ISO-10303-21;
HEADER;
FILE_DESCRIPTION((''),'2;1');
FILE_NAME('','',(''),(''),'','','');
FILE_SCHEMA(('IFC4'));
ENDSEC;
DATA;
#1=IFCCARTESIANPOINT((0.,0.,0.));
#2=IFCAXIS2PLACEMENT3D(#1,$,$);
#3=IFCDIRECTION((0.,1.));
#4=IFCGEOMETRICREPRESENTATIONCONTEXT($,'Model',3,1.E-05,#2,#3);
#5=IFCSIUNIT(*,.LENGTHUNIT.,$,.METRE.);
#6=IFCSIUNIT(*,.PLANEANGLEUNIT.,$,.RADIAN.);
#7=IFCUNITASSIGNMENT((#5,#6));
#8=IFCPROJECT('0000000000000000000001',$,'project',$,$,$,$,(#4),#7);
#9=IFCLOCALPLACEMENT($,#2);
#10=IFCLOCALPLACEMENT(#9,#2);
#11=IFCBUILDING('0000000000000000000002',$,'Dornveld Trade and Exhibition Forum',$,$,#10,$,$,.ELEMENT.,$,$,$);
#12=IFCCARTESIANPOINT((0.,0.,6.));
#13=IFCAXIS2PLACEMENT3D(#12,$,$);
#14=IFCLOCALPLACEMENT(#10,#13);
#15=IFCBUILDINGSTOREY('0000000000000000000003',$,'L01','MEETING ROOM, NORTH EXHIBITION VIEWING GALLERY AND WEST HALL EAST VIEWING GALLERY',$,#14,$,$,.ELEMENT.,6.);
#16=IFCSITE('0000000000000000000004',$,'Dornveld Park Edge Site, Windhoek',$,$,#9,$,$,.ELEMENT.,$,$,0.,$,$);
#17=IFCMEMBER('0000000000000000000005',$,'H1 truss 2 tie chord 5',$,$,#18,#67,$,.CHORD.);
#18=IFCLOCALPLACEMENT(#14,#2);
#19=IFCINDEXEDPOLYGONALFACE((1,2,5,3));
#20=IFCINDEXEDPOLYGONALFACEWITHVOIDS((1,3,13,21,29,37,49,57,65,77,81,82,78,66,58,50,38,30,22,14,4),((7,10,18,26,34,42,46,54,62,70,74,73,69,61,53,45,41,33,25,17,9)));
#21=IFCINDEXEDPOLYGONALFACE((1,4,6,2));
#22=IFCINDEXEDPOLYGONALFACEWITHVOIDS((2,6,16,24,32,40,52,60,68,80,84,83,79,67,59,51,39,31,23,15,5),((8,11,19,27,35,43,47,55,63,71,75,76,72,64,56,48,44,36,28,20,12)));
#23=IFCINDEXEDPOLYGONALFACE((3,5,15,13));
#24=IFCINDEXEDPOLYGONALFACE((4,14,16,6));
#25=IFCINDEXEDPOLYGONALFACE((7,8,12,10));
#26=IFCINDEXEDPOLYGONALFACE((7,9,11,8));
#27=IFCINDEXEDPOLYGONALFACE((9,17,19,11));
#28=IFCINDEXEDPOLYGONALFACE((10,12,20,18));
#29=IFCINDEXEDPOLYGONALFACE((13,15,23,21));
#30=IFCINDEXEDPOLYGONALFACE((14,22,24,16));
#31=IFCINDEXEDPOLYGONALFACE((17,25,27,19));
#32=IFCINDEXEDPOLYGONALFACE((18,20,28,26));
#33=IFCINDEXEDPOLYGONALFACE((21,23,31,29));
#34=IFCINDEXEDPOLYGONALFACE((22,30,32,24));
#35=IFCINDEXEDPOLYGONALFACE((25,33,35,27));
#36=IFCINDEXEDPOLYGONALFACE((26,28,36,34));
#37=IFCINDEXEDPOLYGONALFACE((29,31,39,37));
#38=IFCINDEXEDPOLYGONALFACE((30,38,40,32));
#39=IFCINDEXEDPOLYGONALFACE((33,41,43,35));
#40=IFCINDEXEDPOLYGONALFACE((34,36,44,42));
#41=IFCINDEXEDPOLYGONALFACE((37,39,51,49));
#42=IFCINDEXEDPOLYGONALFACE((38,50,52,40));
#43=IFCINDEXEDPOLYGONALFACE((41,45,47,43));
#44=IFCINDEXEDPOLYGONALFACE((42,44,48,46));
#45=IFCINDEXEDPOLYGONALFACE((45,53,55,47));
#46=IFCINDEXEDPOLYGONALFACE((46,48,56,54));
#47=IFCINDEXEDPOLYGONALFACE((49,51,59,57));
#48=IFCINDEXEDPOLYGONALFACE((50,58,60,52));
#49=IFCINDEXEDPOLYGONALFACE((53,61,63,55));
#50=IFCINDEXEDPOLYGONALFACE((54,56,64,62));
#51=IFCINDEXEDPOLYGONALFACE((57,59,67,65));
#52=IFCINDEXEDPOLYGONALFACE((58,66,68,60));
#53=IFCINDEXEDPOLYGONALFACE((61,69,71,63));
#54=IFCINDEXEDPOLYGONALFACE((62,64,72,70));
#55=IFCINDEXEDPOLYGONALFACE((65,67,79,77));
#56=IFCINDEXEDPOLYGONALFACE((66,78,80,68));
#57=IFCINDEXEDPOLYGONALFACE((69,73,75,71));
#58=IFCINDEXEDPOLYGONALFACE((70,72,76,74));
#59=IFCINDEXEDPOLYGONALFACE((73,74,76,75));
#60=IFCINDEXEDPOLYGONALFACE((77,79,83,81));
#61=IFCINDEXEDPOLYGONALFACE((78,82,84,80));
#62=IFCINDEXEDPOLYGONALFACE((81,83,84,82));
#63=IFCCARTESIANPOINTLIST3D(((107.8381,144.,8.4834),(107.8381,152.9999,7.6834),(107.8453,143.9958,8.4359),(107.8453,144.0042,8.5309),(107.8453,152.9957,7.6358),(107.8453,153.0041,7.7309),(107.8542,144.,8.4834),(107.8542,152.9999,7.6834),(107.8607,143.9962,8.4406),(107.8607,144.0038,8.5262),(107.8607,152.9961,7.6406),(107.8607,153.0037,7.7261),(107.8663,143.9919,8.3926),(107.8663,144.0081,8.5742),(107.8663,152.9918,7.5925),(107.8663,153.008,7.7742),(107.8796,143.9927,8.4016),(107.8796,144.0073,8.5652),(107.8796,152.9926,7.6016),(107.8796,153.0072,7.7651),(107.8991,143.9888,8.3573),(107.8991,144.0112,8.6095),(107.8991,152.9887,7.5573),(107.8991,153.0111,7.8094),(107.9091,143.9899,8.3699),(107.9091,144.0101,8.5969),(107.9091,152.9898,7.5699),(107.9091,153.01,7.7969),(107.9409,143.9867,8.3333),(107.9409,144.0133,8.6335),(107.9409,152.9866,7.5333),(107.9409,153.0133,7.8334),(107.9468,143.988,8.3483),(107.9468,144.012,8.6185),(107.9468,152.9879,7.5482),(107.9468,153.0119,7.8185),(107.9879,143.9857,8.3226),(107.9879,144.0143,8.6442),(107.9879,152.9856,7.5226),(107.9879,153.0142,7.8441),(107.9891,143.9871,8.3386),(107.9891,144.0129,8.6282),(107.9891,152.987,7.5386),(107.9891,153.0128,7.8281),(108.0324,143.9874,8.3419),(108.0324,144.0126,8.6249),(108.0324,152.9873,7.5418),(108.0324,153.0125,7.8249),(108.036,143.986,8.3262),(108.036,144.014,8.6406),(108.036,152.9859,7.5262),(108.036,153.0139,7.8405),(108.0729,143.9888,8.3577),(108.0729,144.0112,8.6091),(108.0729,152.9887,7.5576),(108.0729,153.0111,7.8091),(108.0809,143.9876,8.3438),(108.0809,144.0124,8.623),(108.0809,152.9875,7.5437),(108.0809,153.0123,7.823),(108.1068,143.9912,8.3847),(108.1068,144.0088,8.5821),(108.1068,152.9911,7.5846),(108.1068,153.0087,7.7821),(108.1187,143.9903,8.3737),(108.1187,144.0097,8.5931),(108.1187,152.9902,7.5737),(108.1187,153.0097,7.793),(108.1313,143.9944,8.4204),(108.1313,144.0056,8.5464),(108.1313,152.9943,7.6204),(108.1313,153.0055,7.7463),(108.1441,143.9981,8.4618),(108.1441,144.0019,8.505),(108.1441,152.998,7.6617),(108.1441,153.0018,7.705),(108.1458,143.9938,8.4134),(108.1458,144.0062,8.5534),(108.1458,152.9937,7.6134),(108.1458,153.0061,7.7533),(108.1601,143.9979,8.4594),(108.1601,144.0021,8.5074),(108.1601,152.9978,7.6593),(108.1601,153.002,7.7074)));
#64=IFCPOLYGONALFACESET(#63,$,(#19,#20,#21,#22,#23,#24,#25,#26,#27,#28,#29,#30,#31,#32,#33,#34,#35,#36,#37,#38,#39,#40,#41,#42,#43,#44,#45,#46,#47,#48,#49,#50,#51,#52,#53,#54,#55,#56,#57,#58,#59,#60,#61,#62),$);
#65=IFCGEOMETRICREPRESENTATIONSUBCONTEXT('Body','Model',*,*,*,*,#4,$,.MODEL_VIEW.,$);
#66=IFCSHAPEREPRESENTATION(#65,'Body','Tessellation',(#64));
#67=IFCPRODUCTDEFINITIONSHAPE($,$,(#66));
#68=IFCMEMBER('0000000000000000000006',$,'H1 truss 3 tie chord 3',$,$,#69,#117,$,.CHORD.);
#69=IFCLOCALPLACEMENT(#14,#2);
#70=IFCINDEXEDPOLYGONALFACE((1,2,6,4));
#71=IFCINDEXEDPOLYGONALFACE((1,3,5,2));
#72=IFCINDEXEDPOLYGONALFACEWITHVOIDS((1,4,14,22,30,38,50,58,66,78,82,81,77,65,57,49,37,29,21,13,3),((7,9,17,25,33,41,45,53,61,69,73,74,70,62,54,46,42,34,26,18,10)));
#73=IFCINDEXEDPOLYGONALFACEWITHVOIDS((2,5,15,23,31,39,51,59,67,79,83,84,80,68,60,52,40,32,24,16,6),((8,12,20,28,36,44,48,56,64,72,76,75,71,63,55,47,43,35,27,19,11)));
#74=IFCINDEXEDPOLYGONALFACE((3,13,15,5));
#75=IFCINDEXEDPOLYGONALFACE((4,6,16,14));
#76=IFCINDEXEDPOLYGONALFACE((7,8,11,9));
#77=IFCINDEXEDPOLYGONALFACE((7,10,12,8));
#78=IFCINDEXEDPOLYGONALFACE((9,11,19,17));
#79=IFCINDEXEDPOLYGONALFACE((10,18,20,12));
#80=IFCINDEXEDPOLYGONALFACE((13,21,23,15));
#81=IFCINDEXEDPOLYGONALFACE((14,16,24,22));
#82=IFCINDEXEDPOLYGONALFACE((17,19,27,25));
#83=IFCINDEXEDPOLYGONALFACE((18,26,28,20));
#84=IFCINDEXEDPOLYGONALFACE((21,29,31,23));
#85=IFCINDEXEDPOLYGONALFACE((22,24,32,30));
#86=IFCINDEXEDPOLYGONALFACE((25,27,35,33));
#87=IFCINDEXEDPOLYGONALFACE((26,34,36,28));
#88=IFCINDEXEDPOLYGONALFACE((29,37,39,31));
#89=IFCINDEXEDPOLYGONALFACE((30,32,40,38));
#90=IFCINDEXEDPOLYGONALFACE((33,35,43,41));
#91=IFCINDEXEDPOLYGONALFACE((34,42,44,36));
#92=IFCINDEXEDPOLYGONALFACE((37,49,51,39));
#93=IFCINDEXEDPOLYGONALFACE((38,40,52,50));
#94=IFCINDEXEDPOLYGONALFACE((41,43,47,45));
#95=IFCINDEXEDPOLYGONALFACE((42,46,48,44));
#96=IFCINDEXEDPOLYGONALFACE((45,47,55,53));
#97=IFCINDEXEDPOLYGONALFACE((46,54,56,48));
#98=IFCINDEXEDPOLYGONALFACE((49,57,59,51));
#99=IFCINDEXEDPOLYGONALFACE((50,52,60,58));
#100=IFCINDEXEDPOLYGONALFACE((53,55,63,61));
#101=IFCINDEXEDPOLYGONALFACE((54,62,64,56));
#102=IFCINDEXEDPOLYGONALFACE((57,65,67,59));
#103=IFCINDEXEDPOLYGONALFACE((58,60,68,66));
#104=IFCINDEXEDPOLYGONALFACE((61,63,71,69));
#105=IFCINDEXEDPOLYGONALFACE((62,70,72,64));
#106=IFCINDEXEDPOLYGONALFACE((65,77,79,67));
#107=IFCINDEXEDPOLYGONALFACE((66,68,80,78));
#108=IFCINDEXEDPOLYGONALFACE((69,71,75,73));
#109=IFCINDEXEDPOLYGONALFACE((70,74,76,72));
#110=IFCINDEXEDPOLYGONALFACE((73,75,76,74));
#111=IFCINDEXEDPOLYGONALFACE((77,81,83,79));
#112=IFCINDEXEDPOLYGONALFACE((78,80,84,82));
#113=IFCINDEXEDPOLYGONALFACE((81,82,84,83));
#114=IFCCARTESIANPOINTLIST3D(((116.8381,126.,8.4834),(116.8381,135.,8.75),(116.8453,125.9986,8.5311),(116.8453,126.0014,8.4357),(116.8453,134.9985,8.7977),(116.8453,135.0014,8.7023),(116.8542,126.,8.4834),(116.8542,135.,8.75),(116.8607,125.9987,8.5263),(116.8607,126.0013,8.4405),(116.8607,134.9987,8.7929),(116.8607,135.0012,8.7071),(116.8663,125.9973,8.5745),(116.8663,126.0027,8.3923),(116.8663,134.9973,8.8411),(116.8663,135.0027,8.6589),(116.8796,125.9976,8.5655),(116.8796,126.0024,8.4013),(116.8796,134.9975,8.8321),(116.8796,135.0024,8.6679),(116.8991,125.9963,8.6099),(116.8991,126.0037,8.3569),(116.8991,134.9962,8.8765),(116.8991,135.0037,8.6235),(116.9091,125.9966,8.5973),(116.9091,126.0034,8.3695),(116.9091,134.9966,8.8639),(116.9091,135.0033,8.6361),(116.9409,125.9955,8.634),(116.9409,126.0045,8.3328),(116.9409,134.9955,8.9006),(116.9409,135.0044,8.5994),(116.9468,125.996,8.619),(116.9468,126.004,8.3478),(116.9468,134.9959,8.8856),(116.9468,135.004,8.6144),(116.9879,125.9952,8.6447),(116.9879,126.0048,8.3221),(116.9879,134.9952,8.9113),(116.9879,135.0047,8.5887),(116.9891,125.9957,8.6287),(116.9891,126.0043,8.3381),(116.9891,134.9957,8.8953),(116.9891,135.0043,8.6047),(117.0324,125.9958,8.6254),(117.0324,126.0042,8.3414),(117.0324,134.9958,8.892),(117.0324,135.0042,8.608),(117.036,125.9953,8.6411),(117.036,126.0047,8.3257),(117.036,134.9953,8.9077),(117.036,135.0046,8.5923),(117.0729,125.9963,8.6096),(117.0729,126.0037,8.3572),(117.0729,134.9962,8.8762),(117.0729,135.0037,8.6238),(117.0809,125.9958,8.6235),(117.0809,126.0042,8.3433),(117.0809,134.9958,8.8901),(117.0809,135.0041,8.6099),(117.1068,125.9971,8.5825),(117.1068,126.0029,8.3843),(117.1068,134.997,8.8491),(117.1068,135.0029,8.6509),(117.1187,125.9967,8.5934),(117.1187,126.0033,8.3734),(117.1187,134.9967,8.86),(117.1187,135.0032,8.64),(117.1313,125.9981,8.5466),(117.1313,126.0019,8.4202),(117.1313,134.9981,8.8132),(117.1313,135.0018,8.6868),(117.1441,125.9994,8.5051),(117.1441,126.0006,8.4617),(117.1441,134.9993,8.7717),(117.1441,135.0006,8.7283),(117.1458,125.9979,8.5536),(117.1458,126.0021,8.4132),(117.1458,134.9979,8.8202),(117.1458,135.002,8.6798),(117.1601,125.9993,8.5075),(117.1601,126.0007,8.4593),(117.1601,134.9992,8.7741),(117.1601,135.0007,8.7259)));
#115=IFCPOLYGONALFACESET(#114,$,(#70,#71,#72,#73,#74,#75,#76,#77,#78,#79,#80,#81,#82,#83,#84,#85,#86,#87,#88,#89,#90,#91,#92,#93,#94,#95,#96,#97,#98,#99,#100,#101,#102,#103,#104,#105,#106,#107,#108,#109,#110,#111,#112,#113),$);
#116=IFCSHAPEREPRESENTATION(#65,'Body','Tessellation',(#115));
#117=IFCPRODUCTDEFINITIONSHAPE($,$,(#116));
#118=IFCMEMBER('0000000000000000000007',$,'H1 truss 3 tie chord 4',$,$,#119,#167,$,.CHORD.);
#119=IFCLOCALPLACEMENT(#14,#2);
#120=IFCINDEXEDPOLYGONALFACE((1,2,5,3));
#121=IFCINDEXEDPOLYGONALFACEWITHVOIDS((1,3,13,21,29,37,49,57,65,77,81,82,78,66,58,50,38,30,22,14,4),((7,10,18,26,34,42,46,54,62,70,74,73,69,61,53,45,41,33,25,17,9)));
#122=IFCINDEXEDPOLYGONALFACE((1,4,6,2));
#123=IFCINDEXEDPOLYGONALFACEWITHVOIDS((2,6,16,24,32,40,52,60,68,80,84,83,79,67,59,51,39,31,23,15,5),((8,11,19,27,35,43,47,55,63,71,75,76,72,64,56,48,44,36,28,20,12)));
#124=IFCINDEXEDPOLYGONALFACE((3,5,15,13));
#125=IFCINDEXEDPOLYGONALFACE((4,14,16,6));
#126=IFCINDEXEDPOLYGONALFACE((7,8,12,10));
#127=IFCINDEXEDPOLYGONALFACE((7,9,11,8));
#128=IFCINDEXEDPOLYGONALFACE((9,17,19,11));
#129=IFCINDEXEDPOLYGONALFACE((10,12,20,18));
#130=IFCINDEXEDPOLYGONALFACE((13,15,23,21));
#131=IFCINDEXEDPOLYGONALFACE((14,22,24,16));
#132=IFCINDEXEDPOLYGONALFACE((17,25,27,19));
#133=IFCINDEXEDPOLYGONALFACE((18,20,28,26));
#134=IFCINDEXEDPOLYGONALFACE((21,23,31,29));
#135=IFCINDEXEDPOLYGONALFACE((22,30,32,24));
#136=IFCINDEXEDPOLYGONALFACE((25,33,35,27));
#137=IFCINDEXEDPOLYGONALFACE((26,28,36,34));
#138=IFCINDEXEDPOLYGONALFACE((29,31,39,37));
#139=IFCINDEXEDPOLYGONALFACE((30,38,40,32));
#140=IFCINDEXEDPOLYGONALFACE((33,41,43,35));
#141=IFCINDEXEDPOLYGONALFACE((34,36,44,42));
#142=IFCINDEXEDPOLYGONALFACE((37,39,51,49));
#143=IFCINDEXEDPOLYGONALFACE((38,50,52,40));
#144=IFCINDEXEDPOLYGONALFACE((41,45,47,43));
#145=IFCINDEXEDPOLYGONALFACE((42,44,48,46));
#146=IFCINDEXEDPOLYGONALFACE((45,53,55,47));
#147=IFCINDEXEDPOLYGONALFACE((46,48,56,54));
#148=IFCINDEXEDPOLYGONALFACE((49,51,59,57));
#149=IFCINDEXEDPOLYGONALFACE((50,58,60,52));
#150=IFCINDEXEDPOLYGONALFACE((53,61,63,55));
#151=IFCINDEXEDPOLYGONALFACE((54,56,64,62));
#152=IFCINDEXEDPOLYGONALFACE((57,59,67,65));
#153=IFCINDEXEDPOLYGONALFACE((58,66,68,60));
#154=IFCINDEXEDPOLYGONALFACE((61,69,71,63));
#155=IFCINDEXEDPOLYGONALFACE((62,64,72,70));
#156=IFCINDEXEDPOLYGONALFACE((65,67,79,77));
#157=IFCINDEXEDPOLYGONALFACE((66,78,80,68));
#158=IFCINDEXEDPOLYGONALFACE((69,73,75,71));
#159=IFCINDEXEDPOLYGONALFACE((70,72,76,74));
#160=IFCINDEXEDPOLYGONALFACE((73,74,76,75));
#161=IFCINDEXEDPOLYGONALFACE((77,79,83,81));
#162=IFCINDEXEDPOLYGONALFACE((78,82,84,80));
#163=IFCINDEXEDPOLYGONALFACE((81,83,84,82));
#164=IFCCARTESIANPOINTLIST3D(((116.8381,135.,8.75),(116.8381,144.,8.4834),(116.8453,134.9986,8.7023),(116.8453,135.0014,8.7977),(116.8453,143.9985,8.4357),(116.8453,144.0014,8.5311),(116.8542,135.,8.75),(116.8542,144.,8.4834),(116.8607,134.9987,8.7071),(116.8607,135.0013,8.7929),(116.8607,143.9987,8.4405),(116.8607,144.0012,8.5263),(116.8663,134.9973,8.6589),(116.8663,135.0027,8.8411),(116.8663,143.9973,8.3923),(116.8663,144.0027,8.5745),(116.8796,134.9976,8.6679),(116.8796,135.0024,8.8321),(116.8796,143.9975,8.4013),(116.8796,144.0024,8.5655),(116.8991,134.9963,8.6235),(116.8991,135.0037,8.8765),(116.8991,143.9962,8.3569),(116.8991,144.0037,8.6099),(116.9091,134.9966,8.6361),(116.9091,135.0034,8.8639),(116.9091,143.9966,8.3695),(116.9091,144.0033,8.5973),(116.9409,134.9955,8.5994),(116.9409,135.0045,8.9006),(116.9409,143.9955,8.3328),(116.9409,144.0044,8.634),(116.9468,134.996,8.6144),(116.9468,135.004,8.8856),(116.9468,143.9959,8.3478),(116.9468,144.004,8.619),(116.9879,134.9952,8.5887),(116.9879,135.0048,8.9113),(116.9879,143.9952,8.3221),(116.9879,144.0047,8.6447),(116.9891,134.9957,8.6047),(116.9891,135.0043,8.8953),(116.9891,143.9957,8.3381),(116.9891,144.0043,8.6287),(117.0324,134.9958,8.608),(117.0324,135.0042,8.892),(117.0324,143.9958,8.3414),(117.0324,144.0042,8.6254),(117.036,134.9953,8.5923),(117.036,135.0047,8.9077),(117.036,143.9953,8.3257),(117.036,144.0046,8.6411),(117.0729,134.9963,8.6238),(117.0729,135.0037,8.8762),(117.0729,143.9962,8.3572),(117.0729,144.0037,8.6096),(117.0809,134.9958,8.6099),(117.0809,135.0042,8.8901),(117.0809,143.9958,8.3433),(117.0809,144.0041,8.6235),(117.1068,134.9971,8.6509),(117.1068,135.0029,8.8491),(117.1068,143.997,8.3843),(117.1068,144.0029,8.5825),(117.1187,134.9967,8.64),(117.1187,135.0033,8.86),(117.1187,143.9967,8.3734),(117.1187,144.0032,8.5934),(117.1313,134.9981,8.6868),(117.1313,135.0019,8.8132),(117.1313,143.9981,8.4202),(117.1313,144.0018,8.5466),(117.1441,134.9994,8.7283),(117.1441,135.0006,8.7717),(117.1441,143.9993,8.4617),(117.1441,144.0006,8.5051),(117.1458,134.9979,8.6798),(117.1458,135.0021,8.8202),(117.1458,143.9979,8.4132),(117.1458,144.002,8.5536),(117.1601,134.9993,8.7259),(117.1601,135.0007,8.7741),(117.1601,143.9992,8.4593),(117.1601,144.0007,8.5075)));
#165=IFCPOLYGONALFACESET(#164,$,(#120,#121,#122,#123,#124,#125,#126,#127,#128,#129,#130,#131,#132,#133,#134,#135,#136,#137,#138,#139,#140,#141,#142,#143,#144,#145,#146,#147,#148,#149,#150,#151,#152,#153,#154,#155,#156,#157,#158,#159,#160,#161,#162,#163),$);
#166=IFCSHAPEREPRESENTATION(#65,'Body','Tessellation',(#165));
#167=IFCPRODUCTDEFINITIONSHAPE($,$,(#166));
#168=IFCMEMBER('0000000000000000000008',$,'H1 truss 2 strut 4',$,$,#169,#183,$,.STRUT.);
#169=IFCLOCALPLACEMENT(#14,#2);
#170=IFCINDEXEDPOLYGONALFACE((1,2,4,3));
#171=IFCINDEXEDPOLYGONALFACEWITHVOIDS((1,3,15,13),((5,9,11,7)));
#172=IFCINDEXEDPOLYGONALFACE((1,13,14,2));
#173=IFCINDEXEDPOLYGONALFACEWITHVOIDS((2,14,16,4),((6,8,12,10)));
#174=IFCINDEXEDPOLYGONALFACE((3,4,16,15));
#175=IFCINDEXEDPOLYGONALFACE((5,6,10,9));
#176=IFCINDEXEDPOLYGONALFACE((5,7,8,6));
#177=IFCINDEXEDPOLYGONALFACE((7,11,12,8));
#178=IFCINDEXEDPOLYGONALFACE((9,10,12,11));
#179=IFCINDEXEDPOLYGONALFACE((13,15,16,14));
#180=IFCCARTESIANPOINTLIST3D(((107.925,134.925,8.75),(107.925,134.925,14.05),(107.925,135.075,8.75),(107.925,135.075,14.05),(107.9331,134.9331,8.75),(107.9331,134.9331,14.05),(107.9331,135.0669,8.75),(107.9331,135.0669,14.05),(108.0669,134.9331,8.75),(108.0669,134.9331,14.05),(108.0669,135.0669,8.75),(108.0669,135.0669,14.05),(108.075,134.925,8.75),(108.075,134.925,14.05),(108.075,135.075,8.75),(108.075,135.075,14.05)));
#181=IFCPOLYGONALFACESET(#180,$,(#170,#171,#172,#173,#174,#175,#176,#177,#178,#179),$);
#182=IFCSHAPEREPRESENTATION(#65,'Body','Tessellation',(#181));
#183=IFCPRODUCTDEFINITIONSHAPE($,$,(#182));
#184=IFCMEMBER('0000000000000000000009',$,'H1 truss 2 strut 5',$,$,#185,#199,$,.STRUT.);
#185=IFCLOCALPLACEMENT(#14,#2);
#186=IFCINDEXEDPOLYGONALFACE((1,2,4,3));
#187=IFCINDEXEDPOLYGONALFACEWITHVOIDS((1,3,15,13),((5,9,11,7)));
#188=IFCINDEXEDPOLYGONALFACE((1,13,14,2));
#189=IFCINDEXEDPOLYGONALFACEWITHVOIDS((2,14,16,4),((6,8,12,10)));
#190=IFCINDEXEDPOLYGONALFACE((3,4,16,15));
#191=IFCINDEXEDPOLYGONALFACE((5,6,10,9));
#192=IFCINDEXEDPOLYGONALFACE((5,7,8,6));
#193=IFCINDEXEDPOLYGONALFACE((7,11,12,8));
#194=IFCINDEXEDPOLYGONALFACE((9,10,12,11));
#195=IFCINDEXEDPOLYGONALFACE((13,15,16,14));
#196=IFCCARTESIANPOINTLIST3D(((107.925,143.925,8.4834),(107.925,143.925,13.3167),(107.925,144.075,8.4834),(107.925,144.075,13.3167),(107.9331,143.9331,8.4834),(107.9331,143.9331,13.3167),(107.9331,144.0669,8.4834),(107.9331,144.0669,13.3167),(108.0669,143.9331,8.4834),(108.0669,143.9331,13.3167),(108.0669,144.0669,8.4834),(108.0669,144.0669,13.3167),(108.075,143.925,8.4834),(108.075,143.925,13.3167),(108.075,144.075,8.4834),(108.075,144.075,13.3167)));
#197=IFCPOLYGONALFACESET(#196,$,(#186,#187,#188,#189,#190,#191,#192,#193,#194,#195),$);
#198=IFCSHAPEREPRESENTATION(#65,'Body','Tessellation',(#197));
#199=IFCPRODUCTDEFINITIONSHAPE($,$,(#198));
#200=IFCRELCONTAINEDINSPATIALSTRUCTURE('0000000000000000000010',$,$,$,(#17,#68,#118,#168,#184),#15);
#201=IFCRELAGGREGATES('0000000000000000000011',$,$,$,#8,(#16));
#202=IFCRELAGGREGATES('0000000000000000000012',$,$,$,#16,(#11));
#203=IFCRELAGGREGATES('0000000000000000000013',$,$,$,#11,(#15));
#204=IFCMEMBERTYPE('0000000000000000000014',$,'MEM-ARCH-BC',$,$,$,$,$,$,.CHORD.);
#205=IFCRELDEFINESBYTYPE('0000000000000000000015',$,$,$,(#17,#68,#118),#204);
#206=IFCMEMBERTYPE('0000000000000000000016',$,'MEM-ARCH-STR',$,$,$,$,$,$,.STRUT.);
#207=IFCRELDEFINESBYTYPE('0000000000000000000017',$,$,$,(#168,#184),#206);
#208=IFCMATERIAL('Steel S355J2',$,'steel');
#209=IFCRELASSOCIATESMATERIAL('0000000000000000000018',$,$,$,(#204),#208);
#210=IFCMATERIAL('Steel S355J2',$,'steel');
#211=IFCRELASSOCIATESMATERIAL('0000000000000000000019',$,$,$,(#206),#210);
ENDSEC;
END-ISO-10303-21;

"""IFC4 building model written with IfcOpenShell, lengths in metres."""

from ifc_helpers import new_model, si_unit, direction, frame, origin, origin_2d, place, context, subcontext, project, spatial, hollow_rectangle, hollow_circle, extrude, material, material_profile, profile_set, type_object, element, save


model = new_model("IFC4")

# Units and contexts
model_context = context("Model", 3, precision=1e-05, world=origin(), true_north=direction((0.0, 1.0)))
body_context = subcontext(model_context, "Body", "Model", "MODEL_VIEW")
ifc_project = project(units=[si_unit("LENGTHUNIT", "METRE"), si_unit("PLANEANGLEUNIT", "RADIAN")], contexts=[model_context])

# Site, building, storey
site_placement = place(None, origin())
site = spatial("IfcSite", under=ifc_project, at=site_placement, Name="Dornveld Park Edge Site, Windhoek", CompositionType="ELEMENT", RefElevation=0.0)
building_placement = place(site_placement, origin())
building = spatial("IfcBuilding", under=site, at=building_placement, Name="Dornveld Trade and Exhibition Forum", CompositionType="ELEMENT")
storey_placement = place(building_placement, frame((0.0, 0.0, 6.0)))
storey = spatial("IfcBuildingStorey", under=building, at=storey_placement, Name="L01", Description="MEETING ROOM, NORTH EXHIBITION VIEWING GALLERY AND WEST HALL EAST VIEWING GALLERY", CompositionType="ELEMENT", Elevation=6.0)

# Members
ifc_material_1 = material(Name="Steel S355J2", Category="steel")
ifc_material_profile_1 = material_profile(ifc_material_1, hollow_circle(Radius=0.1619, WallThickness=0.0161, at=origin_2d()), Name="CHS 323.9x16")
ifc_profile_set_1 = profile_set([ifc_material_profile_1], Name="Steel S355J2")
member_type_1 = type_object("IfcMemberType", Name="MEM-ARCH-BC", PredefinedType="CHORD", material=ifc_profile_set_1)
member_1_placement = place(storey_placement, frame((108.0, 144.0, 8.4834), z_axis=(0.0, 0.996072, -0.088545), x_axis=(-1.0, 0.0, 0.0)))
element("IfcMember", 1, at=member_1_placement, inside=storey, type_object=member_type_1, Name="H1 truss 2 tie chord 5", PredefinedType="CHORD", context=body_context, shape_type="SweptSolid", body=[
    extrude(hollow_circle(Radius=0.1619, WallThickness=0.0161, at=origin_2d()), origin(), (0.0, 0.0, 1.0), 9.0354),
])
for number, where, z_axis, x_axis, name in (
    (2, (117.0, 126.0, 8.4834), (0.0, 0.999562, 0.029609), (-1.0, 0.0, 0.0), "H1 truss 3 tie chord 3"),
    (3, (117.0, 135.0, 8.75), (0.0, 0.999562, -0.029609), (-1.0, 0.0, 0.0), "H1 truss 3 tie chord 4"),
):
    element("IfcMember", number, at=place(storey_placement, frame(where, z_axis=z_axis, x_axis=x_axis)), inside=storey, type_object=member_type_1, Name=name, PredefinedType="CHORD", context=body_context, shape_type="SweptSolid", body=[
        extrude(hollow_circle(Radius=0.1619, WallThickness=0.0161, at=origin_2d()), origin(), (0.0, 0.0, 1.0), 9.0039),
    ])
ifc_material_2 = material(Name="Steel S355J2", Category="steel")
ifc_material_profile_2 = material_profile(ifc_material_2, hollow_rectangle(XDim=0.1499, YDim=0.1499, WallThickness=0.0081, at=origin_2d()), Name="SHS 150x150x8")
ifc_profile_set_2 = profile_set([ifc_material_profile_2], Name="Steel S355J2")
member_type_2 = type_object("IfcMemberType", Name="MEM-ARCH-STR", PredefinedType="STRUT", material=ifc_profile_set_2)
member_2_placement = place(storey_placement, frame((108.0, 135.0, 8.75), z_axis=(0.0, 0.0, 1.0), x_axis=(1.0, 0.0, 0.0)))
element("IfcMember", 4, at=member_2_placement, inside=storey, type_object=member_type_2, Name="H1 truss 2 strut 4", PredefinedType="STRUT", context=body_context, shape_type="SweptSolid", body=[
    extrude(hollow_rectangle(XDim=0.1499, YDim=0.1499, WallThickness=0.0081, at=origin_2d()), origin(), (0.0, 0.0, 1.0), 5.3),
])
for number, where, z_axis, x_axis, name in (
    (5, (108.0, 144.0, 8.4834), (0.0, 0.0, 1.0), (1.0, 0.0, 0.0), "H1 truss 2 strut 5"),
):
    element("IfcMember", number, at=place(storey_placement, frame(where, z_axis=z_axis, x_axis=x_axis)), inside=storey, type_object=member_type_2, Name=name, PredefinedType="STRUT", context=body_context, shape_type="SweptSolid", body=[
        extrude(hollow_rectangle(XDim=0.1499, YDim=0.1499, WallThickness=0.0081, at=origin_2d()), origin(), (0.0, 0.0, 1.0), 4.8333),
    ])

save(model, "model.ifc")
